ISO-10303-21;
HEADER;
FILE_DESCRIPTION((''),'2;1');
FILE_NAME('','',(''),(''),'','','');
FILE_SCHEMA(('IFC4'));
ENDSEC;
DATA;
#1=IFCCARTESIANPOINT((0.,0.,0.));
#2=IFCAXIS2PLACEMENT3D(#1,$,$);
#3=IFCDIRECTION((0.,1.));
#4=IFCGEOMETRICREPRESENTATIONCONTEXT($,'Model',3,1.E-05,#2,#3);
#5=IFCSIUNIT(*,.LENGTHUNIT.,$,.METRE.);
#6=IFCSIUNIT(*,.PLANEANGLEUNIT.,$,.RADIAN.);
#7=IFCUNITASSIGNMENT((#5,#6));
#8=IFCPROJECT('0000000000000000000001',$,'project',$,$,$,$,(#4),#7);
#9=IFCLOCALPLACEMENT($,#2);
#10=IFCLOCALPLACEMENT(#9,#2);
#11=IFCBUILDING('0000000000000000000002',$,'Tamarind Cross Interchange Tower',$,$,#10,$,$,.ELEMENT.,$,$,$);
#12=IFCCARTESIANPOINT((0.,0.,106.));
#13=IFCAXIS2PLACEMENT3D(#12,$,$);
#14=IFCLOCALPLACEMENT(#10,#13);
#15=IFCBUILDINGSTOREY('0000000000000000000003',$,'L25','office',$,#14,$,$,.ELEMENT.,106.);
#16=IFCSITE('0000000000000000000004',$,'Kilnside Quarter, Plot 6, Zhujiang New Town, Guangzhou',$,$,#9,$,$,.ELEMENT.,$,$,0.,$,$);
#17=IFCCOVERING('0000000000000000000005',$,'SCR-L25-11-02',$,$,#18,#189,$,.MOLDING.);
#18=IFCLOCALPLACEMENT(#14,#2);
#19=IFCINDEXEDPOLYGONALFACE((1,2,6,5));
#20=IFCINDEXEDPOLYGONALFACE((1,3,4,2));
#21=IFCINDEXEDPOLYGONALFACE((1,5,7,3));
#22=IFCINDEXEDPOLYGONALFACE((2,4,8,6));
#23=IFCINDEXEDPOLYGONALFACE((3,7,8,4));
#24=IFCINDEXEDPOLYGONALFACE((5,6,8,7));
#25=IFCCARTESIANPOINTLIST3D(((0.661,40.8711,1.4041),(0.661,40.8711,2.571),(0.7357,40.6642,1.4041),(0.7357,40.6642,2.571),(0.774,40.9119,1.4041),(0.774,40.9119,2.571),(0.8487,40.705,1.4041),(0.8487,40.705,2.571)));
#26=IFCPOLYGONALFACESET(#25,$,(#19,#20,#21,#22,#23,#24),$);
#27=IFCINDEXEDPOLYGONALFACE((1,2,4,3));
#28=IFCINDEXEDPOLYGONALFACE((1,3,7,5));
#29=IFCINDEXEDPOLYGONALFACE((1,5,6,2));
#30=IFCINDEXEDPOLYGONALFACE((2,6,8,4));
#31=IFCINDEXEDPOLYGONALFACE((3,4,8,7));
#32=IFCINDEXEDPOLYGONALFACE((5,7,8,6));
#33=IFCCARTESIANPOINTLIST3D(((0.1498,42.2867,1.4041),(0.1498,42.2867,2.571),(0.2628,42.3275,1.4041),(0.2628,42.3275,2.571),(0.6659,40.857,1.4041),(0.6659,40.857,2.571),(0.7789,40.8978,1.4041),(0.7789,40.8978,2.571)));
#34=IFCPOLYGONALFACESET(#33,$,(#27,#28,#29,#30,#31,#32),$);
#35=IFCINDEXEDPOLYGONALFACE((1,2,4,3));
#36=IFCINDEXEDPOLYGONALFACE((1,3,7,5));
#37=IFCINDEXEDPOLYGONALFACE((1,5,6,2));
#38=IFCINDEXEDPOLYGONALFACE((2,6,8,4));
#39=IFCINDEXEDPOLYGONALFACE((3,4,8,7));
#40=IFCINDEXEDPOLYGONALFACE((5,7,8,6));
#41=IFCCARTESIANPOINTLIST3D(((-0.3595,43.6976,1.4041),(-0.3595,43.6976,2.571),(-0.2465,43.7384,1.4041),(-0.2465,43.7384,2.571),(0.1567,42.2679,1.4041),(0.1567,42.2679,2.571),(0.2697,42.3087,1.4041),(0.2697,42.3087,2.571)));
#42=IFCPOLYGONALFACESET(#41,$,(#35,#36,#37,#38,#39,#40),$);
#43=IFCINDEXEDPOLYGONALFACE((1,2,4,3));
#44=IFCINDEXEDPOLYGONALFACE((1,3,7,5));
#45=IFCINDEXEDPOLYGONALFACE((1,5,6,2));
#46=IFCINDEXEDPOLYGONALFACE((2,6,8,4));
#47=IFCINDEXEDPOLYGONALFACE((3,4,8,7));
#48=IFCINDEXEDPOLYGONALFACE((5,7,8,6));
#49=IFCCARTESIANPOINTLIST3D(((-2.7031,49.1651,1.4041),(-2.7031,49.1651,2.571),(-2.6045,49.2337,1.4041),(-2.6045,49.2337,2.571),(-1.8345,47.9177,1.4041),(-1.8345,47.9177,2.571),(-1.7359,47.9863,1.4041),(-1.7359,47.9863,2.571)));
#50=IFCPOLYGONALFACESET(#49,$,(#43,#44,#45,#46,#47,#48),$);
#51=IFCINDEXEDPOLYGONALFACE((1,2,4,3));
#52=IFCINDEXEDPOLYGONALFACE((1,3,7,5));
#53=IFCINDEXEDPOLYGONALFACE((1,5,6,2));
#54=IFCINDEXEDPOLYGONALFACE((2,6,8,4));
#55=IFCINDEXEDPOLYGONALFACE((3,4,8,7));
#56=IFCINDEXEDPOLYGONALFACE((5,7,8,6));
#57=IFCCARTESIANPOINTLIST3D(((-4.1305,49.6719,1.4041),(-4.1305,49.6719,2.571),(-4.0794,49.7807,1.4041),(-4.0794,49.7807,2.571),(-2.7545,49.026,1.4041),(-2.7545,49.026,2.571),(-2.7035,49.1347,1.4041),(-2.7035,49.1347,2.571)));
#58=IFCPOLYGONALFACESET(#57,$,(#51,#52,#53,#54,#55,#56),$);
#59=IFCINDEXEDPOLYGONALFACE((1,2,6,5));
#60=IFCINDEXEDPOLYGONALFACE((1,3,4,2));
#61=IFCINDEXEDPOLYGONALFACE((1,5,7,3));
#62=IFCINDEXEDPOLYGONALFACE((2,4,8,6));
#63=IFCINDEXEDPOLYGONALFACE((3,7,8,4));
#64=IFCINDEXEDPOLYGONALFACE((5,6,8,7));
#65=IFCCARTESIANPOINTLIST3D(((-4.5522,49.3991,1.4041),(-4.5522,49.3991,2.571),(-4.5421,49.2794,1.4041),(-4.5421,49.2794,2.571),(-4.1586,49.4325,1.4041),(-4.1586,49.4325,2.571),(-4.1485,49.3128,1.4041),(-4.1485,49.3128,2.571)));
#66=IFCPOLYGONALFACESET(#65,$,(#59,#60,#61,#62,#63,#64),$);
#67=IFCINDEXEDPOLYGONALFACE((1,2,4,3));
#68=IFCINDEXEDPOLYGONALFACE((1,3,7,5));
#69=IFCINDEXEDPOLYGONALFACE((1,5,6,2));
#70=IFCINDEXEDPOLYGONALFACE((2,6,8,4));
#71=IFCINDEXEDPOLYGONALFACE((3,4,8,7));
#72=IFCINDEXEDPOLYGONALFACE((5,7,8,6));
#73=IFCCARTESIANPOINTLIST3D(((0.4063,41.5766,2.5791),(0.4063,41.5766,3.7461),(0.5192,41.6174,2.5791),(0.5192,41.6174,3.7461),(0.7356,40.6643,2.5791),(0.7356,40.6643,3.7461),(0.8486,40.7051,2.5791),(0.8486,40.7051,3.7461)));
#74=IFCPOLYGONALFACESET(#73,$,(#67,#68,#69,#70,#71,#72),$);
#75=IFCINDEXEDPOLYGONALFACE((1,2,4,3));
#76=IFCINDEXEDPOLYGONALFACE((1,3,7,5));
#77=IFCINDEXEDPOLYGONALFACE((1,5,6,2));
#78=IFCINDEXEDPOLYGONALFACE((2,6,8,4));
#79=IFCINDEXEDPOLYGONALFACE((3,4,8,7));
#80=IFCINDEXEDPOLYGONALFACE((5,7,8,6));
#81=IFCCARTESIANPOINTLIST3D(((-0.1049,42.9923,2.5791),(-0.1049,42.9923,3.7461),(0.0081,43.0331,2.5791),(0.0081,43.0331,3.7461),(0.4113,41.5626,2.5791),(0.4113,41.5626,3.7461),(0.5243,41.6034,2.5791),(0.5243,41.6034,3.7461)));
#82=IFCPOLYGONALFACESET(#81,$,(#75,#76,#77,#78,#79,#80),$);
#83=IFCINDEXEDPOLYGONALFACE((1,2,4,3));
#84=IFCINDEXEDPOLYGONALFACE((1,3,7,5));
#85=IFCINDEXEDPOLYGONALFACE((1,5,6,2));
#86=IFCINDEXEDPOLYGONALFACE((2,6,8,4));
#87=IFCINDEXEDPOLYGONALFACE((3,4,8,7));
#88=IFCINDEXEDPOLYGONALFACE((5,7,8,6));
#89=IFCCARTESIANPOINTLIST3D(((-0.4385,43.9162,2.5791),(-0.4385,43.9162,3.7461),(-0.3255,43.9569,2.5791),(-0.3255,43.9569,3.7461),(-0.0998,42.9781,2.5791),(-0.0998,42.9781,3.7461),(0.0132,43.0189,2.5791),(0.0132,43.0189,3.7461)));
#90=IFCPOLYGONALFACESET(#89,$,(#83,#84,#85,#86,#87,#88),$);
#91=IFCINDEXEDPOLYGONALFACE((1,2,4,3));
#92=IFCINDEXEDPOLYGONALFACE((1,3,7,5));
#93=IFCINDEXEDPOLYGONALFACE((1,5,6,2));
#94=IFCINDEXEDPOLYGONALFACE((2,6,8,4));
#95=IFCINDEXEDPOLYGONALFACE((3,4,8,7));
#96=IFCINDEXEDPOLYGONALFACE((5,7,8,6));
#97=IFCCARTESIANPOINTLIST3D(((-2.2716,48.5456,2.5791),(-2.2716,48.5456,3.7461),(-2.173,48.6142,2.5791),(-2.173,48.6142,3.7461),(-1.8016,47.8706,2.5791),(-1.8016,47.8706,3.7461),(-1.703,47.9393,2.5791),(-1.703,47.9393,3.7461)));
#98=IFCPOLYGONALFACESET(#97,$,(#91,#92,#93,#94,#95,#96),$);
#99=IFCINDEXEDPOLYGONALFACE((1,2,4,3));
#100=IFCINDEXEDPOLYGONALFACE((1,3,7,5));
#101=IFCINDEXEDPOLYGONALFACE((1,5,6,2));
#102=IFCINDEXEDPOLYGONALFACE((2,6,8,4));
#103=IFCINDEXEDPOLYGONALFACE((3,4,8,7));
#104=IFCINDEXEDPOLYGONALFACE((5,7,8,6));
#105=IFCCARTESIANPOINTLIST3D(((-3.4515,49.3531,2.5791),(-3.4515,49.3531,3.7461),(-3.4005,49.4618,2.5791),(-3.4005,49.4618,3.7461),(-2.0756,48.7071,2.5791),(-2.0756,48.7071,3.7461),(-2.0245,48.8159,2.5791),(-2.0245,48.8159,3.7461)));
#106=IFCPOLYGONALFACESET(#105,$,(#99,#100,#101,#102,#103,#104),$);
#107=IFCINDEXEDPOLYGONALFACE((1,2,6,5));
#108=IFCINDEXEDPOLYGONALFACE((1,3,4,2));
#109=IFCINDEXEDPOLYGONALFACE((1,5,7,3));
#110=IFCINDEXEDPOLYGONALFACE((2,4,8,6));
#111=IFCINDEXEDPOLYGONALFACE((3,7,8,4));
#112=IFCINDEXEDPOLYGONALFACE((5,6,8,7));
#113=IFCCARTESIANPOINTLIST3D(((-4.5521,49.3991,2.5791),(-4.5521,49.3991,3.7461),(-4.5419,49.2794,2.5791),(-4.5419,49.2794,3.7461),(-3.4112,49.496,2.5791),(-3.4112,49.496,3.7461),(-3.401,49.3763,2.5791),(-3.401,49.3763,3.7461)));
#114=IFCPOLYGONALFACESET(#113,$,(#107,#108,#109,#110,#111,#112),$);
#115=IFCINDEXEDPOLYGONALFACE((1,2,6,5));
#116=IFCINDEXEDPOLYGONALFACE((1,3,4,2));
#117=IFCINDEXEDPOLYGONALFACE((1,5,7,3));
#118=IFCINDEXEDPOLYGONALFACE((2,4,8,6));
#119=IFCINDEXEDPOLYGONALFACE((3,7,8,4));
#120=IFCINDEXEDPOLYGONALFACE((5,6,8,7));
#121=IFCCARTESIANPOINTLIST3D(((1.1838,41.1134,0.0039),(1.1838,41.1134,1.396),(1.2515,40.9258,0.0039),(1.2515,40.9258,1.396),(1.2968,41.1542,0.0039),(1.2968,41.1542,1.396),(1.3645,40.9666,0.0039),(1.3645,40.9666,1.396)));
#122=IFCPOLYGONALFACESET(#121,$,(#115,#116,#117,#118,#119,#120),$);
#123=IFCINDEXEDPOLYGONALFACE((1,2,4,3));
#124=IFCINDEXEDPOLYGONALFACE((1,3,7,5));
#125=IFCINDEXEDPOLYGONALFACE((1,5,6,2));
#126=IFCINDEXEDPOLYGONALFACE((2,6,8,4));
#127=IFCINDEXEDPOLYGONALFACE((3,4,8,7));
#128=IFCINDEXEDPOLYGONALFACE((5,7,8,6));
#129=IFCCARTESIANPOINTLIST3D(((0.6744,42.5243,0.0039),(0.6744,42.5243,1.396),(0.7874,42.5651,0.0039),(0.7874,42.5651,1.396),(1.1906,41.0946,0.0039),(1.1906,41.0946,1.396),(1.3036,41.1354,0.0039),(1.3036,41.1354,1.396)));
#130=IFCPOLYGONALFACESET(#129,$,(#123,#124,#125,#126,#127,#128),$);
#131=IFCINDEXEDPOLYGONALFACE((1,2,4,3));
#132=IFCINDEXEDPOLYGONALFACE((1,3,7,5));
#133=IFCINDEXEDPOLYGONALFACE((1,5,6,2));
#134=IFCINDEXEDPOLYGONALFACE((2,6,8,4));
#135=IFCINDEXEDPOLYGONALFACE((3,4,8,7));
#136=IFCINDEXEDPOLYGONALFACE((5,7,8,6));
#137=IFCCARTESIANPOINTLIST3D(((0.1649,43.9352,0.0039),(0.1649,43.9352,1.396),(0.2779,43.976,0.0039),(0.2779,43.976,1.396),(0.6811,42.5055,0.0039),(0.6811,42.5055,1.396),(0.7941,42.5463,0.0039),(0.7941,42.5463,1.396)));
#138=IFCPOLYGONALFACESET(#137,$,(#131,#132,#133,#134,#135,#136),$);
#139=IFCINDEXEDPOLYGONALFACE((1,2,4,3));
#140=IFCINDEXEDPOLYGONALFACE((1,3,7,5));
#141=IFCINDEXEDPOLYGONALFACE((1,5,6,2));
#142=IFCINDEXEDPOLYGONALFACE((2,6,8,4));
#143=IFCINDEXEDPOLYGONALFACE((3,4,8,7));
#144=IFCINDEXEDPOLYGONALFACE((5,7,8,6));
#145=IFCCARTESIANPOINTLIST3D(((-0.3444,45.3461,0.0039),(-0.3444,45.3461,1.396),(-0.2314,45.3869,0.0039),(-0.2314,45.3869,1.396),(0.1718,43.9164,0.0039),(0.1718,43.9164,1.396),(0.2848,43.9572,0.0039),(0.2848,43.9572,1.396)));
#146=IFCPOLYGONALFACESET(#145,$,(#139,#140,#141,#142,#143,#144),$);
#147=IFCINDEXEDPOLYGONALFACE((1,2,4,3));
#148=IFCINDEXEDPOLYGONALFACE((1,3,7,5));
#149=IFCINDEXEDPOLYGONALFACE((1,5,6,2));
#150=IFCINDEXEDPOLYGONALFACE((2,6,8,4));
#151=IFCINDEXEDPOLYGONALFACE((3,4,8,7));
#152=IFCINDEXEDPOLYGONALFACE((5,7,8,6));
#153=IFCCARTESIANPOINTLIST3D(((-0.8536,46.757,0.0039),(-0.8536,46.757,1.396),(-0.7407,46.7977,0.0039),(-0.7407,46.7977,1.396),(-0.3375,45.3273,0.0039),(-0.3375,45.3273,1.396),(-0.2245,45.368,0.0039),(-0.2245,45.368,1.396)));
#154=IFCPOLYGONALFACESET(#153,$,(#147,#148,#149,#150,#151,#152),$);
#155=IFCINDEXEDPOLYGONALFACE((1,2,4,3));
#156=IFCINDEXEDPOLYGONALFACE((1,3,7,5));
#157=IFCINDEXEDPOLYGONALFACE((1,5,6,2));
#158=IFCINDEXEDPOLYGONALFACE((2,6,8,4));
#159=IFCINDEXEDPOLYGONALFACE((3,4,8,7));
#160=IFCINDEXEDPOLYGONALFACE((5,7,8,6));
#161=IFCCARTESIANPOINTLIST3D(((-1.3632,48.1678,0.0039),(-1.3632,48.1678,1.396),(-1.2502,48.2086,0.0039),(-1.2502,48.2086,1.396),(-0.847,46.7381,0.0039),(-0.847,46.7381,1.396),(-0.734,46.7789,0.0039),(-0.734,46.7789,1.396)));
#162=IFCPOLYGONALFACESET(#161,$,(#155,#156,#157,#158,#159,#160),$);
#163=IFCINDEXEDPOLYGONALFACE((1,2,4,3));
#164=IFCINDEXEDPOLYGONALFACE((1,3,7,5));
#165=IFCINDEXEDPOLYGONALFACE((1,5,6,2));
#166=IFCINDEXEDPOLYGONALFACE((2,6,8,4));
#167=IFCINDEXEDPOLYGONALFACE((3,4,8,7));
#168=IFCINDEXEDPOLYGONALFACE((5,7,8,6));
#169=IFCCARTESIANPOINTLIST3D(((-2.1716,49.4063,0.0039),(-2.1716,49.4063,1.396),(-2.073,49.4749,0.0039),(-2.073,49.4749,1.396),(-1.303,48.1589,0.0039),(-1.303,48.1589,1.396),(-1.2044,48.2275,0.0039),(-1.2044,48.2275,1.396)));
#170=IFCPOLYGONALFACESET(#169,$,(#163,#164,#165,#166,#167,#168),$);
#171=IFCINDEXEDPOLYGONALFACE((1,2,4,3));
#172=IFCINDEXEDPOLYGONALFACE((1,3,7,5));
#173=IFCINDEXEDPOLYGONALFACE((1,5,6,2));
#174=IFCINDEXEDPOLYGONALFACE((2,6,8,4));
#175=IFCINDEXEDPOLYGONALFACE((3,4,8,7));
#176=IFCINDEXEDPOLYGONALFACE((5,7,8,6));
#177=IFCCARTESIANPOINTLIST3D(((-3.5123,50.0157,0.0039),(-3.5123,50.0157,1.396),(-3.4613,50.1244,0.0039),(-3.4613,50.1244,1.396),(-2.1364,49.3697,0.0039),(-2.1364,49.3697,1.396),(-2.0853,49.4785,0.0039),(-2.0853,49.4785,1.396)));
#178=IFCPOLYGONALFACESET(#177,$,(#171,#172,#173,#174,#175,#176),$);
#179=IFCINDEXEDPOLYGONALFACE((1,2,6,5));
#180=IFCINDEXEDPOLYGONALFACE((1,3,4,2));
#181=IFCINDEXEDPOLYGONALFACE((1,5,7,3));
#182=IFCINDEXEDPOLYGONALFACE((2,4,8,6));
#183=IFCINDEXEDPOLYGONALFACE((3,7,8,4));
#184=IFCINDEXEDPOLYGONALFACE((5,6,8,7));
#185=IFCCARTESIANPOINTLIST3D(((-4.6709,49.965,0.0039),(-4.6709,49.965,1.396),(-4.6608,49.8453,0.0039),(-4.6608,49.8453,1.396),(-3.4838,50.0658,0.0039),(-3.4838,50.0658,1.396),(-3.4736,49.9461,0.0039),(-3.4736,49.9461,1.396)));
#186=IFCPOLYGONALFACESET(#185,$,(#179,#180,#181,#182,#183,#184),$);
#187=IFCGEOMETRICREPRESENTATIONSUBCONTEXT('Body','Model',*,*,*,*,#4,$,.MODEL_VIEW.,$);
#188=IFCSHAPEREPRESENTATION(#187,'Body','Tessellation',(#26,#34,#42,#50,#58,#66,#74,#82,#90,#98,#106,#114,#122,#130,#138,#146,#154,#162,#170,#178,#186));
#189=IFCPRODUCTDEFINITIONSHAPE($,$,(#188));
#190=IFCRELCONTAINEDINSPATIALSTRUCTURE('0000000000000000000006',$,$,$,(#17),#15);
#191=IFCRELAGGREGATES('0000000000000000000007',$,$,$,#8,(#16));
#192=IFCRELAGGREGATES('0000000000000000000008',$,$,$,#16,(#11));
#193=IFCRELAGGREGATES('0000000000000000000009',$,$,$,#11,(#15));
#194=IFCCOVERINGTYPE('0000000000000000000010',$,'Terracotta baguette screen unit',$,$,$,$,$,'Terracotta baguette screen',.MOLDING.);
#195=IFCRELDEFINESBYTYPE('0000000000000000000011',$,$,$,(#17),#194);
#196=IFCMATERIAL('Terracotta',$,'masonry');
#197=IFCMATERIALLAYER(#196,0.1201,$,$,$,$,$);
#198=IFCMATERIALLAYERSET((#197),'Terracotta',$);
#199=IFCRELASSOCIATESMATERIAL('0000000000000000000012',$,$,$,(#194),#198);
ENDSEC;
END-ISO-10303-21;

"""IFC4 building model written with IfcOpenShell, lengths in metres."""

from ifc_helpers import new_model, si_unit, direction, frame, origin, origin_2d, place, context, subcontext, project, spatial, rectangle, extrude, material, layer, layer_set, type_object, element, save


model = new_model("IFC4")

# Units and contexts
model_context = context("Model", 3, precision=1e-05, world=origin(), true_north=direction((0.0, 1.0)))
body_context = subcontext(model_context, "Body", "Model", "MODEL_VIEW")
ifc_project = project(units=[si_unit("LENGTHUNIT", "METRE"), si_unit("PLANEANGLEUNIT", "RADIAN")], contexts=[model_context])

# Site, building, storey
site_placement = place(None, origin())
site = spatial("IfcSite", under=ifc_project, at=site_placement, Name="Kilnside Quarter, Plot 6, Zhujiang New Town, Guangzhou", CompositionType="ELEMENT", RefElevation=0.0)
building_placement = place(site_placement, origin())
building = spatial("IfcBuilding", under=site, at=building_placement, Name="Tamarind Cross Interchange Tower", CompositionType="ELEMENT")
storey_placement = place(building_placement, frame((0.0, 0.0, 106.0)))
storey = spatial("IfcBuildingStorey", under=building, at=storey_placement, Name="L25", Description="office", CompositionType="ELEMENT", Elevation=106.0)

# Covering
ifc_material_1 = material(Name="Terracotta", Category="masonry")
ifc_layer_1 = layer(ifc_material_1, 0.1201)
ifc_layer_set_1 = layer_set([ifc_layer_1], Name="Terracotta")
covering_type = type_object("IfcCoveringType", Name="Terracotta baguette screen unit", ElementType="Terracotta baguette screen", PredefinedType="MOLDING", material=ifc_layer_set_1)
covering_1_placement = place(storey_placement, origin())
element("IfcCovering", 1, at=covering_1_placement, inside=storey, type_object=covering_type, Name="SCR-L25-11-02", PredefinedType="MOLDING", context=body_context, shape_type="SweptSolid", body=[
    extrude(rectangle(XDim=0.22, YDim=0.1201, at=origin_2d()), frame((0.7549, 40.7881, 1.4041), z_axis=(0.0, 0.0, 1.0), x_axis=(-0.339579, 0.940578, 0.0)), (0.0, 0.0, 1.0), 1.167),
    extrude(rectangle(XDim=1.52, YDim=0.1201, at=origin_2d()), frame((0.4644, 41.5923, 1.4041), z_axis=(0.0, 0.0, 1.0), x_axis=(-0.339579, 0.940578, 0.0)), (0.0, 0.0, 1.0), 1.167),
    extrude(rectangle(XDim=1.52, YDim=0.1201, at=origin_2d()), frame((-0.0449, 43.0032, 1.4041), z_axis=(0.0, 0.0, 1.0), x_axis=(-0.339579, 0.940578, 0.0)), (0.0, 0.0, 1.0), 1.167),
    extrude(rectangle(XDim=1.52, YDim=0.1201, at=origin_2d()), frame((-2.2195, 48.5757, 1.4041), z_axis=(0.0, 0.0, 1.0), x_axis=(-0.571447, 0.820639, 0.0)), (0.0, 0.0, 1.0), 1.167),
    extrude(rectangle(XDim=1.52, YDim=0.1201, at=origin_2d()), frame((-3.417, 49.4033, 1.4041), z_axis=(0.0, 0.0, 1.0), x_axis=(-0.905207, 0.424971, 0.0)), (0.0, 0.0, 1.0), 1.167),
    extrude(rectangle(XDim=0.395, YDim=0.1201, at=origin_2d()), frame((-4.3503, 49.356, 1.4041), z_axis=(0.0, 0.0, 1.0), x_axis=(-0.996418, -0.084568, 0.0)), (0.0, 0.0, 1.0), 1.167),
    extrude(rectangle(XDim=0.97, YDim=0.1201, at=origin_2d()), frame((0.6274, 41.1409, 2.5791), z_axis=(0.0, 0.0, 1.0), x_axis=(-0.339579, 0.940578, 0.0)), (0.0, 0.0, 1.0), 1.167),
    extrude(rectangle(XDim=1.52, YDim=0.1201, at=origin_2d()), frame((0.2097, 42.2979, 2.5791), z_axis=(0.0, 0.0, 1.0), x_axis=(-0.339579, 0.940578, 0.0)), (0.0, 0.0, 1.0), 1.167),
    extrude(rectangle(XDim=0.9973, YDim=0.1201, at=origin_2d()), frame((-0.2126, 43.4675, 2.5791), z_axis=(0.0, 0.0, 1.0), x_axis=(-0.339579, 0.940578, 0.0)), (0.0, 0.0, 1.0), 1.167),
    extrude(rectangle(XDim=0.8225, YDim=0.1201, at=origin_2d()), frame((-1.9873, 48.2424, 2.5791), z_axis=(0.0, 0.0, 1.0), x_axis=(-0.571447, 0.820639, 0.0)), (0.0, 0.0, 1.0), 1.167),
    extrude(rectangle(XDim=1.52, YDim=0.1201, at=origin_2d()), frame((-2.738, 49.0845, 2.5791), z_axis=(0.0, 0.0, 1.0), x_axis=(-0.905207, 0.424971, 0.0)), (0.0, 0.0, 1.0), 1.167),
    extrude(rectangle(XDim=1.145, YDim=0.1201, at=origin_2d()), frame((-3.9766, 49.3877, 2.5791), z_axis=(0.0, 0.0, 1.0), x_axis=(-0.996418, -0.084568, 0.0)), (0.0, 0.0, 1.0), 1.167),
    extrude(rectangle(XDim=0.1995, YDim=0.1201, at=origin_2d()), frame((1.2742, 41.04, 0.0039), z_axis=(0.0, 0.0, 1.0), x_axis=(-0.339579, 0.940578, 0.0)), (0.0, 0.0, 1.0), 1.3921),
    extrude(rectangle(XDim=1.52, YDim=0.1201, at=origin_2d()), frame((0.989, 41.8298, 0.0039), z_axis=(0.0, 0.0, 1.0), x_axis=(-0.339579, 0.940578, 0.0)), (0.0, 0.0, 1.0), 1.3921),
    extrude(rectangle(XDim=1.52, YDim=0.1201, at=origin_2d()), frame((0.4795, 43.2407, 0.0039), z_axis=(0.0, 0.0, 1.0), x_axis=(-0.339579, 0.940578, 0.0)), (0.0, 0.0, 1.0), 1.3921),
    extrude(rectangle(XDim=1.52, YDim=0.1201, at=origin_2d()), frame((-0.0298, 44.6516, 0.0039), z_axis=(0.0, 0.0, 1.0), x_axis=(-0.339579, 0.940578, 0.0)), (0.0, 0.0, 1.0), 1.3921),
    extrude(rectangle(XDim=1.52, YDim=0.1201, at=origin_2d()), frame((-0.5391, 46.0625, 0.0039), z_axis=(0.0, 0.0, 1.0), x_axis=(-0.339579, 0.940578, 0.0)), (0.0, 0.0, 1.0), 1.3921),
    extrude(rectangle(XDim=1.52, YDim=0.1201, at=origin_2d()), frame((-1.0486, 47.4734, 0.0039), z_axis=(0.0, 0.0, 1.0), x_axis=(-0.339579, 0.940578, 0.0)), (0.0, 0.0, 1.0), 1.3921),
    extrude(rectangle(XDim=1.52, YDim=0.1201, at=origin_2d()), frame((-1.688, 48.8169, 0.0039), z_axis=(0.0, 0.0, 1.0), x_axis=(-0.571447, 0.820639, 0.0)), (0.0, 0.0, 1.0), 1.3921),
    extrude(rectangle(XDim=1.52, YDim=0.1201, at=origin_2d()), frame((-2.7988, 49.7471, 0.0039), z_axis=(0.0, 0.0, 1.0), x_axis=(-0.905207, 0.424971, 0.0)), (0.0, 0.0, 1.0), 1.3921),
    extrude(rectangle(XDim=1.1914, YDim=0.1201, at=origin_2d()), frame((-4.0723, 49.9556, 0.0039), z_axis=(0.0, 0.0, 1.0), x_axis=(-0.996418, -0.084568, 0.0)), (0.0, 0.0, 1.0), 1.3921),
])

save(model, "model.ifc")
